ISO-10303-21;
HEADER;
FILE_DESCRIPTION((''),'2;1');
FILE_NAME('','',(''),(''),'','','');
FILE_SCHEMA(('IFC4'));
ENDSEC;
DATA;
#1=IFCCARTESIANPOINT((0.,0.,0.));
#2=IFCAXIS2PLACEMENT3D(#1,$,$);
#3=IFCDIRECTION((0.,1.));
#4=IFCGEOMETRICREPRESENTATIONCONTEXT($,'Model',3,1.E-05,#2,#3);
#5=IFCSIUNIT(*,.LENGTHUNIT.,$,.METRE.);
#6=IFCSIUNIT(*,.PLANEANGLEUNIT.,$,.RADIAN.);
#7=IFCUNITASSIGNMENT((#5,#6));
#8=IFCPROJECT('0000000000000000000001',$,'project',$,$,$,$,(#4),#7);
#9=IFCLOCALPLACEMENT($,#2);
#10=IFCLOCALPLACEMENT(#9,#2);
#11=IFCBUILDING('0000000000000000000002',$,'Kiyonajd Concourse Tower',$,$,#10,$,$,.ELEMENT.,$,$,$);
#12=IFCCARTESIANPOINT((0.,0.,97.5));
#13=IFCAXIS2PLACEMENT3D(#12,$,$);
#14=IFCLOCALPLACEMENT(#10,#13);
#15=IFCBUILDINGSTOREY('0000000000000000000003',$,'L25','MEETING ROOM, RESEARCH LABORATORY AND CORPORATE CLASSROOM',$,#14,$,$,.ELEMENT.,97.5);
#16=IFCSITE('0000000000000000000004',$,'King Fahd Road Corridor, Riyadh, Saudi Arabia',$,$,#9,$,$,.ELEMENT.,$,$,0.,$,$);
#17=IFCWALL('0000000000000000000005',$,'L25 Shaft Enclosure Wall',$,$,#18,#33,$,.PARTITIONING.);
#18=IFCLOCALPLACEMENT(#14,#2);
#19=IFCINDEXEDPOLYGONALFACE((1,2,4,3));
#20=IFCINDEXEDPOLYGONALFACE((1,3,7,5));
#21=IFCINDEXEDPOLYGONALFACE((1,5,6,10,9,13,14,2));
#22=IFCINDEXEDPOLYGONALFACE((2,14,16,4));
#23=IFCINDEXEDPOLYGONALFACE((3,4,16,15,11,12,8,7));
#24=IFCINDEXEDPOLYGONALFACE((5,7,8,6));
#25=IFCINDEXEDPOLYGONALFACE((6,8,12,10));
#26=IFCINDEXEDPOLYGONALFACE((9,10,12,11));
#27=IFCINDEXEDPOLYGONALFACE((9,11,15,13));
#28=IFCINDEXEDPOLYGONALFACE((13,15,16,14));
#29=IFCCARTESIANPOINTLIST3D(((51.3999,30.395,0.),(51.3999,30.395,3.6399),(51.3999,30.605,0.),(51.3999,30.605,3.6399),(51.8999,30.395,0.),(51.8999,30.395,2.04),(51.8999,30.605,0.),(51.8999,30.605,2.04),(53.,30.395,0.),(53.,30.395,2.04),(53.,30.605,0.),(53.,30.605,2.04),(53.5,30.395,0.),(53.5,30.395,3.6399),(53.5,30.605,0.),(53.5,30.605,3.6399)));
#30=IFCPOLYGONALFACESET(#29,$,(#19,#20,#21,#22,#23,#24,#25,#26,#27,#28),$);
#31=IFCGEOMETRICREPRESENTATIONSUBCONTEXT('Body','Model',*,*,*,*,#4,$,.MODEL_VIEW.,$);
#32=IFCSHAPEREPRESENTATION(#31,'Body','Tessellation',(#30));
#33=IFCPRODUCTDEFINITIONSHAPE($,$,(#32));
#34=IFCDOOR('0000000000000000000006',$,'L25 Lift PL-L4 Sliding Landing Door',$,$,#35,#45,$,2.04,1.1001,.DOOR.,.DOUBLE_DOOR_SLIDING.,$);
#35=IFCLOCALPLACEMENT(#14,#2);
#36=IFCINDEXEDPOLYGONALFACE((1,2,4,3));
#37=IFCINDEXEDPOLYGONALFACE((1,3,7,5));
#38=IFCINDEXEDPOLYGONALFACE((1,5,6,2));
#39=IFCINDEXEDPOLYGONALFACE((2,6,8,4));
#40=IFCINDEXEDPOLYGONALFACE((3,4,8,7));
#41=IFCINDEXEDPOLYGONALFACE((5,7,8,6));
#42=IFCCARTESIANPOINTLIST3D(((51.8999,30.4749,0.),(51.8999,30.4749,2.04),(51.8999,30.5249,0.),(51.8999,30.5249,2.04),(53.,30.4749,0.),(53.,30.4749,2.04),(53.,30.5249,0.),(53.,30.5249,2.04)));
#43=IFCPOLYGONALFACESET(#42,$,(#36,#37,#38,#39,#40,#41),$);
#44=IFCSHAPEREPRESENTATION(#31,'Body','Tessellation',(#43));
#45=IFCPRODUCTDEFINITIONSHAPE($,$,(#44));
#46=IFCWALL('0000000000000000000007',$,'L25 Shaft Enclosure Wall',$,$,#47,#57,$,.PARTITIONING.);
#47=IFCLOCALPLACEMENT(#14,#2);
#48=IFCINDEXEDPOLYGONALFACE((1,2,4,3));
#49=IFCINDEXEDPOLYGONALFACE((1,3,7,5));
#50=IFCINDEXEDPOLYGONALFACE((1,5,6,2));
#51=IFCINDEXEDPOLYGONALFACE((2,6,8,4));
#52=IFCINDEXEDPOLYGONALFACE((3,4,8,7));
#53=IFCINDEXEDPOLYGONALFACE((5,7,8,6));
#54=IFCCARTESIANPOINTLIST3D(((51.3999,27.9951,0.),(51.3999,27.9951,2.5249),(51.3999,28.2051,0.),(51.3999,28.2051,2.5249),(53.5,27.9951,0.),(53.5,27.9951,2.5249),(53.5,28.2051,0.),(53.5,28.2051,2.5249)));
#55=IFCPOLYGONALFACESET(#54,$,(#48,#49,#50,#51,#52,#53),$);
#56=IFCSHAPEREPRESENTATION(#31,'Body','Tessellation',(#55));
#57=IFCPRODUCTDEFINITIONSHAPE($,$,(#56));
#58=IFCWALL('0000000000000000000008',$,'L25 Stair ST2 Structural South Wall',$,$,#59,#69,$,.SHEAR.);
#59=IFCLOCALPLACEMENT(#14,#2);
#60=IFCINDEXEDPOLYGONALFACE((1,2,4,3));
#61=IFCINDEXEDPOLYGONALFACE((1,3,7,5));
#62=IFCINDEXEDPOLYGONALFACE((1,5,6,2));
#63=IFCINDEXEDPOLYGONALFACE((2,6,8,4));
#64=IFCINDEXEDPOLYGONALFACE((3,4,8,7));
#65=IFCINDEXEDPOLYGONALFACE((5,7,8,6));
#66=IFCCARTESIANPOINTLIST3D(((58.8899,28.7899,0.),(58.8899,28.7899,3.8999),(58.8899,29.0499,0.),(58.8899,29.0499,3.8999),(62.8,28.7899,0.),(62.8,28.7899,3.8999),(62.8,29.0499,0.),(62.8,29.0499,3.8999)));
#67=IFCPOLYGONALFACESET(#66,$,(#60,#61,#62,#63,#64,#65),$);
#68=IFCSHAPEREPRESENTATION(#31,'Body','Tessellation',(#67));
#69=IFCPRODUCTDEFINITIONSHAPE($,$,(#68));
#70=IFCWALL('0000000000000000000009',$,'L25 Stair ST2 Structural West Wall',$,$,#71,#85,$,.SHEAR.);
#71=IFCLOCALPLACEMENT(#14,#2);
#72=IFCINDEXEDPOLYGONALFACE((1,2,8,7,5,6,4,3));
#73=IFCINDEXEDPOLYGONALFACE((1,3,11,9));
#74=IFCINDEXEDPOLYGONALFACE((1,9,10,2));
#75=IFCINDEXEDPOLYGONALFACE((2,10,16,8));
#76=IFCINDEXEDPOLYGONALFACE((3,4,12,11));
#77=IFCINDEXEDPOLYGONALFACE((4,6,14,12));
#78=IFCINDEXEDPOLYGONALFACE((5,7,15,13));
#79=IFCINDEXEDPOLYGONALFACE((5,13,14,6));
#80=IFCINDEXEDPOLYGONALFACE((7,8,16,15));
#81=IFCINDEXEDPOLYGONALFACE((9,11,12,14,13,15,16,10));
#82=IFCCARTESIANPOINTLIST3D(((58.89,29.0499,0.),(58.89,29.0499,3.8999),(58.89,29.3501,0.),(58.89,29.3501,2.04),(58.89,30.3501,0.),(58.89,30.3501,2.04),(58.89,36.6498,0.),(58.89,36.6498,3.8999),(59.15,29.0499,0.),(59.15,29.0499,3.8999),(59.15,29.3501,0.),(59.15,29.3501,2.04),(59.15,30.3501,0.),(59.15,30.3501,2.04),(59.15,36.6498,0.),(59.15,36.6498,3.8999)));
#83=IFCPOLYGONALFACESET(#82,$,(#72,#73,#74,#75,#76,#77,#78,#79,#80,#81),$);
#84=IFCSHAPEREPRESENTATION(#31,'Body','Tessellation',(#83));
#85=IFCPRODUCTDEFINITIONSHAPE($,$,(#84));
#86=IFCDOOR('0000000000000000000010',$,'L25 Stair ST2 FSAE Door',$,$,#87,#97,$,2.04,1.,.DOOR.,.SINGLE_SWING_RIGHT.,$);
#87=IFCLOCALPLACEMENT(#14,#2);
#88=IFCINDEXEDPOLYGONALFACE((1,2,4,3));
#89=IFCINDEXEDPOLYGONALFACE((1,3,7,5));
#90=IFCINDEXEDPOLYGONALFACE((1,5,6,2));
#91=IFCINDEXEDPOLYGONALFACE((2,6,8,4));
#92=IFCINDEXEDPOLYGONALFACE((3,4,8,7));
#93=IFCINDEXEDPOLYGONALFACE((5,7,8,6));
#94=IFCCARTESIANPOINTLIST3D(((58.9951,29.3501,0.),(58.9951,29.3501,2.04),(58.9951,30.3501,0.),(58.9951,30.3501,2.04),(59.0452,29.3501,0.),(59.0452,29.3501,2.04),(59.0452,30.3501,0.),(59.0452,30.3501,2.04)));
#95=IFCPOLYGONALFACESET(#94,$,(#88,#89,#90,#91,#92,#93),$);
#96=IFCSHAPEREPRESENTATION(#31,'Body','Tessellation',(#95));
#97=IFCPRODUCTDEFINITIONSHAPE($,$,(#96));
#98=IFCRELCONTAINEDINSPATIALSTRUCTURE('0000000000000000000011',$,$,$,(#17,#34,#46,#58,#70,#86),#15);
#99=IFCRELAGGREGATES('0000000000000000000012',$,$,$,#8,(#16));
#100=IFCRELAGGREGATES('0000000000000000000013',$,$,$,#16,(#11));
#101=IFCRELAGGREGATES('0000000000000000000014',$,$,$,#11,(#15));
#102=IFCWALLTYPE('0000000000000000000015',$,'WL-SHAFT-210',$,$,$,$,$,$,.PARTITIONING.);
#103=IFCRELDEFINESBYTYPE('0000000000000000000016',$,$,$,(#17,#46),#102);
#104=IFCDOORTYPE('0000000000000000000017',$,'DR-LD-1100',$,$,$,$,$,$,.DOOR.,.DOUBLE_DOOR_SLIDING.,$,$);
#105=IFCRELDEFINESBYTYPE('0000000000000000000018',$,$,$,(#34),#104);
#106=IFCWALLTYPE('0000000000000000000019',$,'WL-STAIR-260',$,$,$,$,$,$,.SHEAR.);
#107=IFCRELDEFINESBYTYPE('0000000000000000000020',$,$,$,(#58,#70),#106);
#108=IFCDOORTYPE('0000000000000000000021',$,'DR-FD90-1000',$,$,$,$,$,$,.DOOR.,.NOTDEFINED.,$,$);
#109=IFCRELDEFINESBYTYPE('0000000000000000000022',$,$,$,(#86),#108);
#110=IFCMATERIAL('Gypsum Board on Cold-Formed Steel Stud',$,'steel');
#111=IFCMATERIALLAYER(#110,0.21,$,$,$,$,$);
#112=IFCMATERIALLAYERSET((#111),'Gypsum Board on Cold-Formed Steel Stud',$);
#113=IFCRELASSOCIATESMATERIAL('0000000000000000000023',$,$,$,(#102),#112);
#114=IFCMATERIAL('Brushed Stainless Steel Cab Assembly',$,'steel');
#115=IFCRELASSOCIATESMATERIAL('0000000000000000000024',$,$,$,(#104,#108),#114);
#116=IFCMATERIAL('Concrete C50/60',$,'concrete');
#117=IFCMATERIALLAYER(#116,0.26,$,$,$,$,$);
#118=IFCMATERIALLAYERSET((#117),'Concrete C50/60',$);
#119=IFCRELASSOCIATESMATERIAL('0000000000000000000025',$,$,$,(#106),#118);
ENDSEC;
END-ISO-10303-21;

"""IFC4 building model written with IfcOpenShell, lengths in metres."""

from ifc_helpers import new_model, si_unit, direction, frame, frame_2d, origin, place, context, subcontext, project, spatial, rectangle, extrude, material, layer, layer_set, type_object, element, fill, save


model = new_model("IFC4")

# Units and contexts
model_context = context("Model", 3, precision=1e-05, world=origin(), true_north=direction((0.0, 1.0)))
body_context = subcontext(model_context, "Body", "Model", "MODEL_VIEW")
ifc_project = project(units=[si_unit("LENGTHUNIT", "METRE"), si_unit("PLANEANGLEUNIT", "RADIAN")], contexts=[model_context])

# Site, building, storey
site_placement = place(None, origin())
site = spatial("IfcSite", under=ifc_project, at=site_placement, Name="King Fahd Road Corridor, Riyadh, Saudi Arabia", CompositionType="ELEMENT", RefElevation=0.0)
building_placement = place(site_placement, origin())
building = spatial("IfcBuilding", under=site, at=building_placement, Name="Kiyonajd Concourse Tower", CompositionType="ELEMENT")
storey_placement = place(building_placement, frame((0.0, 0.0, 97.5)))
storey = spatial("IfcBuildingStorey", under=building, at=storey_placement, Name="L25", Description="MEETING ROOM, RESEARCH LABORATORY AND CORPORATE CLASSROOM", CompositionType="ELEMENT", Elevation=97.5)

# Shared definitions
ifc_material_1 = material(Name="Concrete C50/60", Category="concrete")

# Shared definitions
ifc_material_2 = material(Name="Brushed Stainless Steel Cab Assembly", Category="steel")
ifc_material_3 = material(Name="Gypsum Board on Cold-Formed Steel Stud", Category="steel")
ifc_layer_1 = layer(ifc_material_3, 0.21)
ifc_layer_set_1 = layer_set([ifc_layer_1], Name="Gypsum Board on Cold-Formed Steel Stud")
wall_type_1 = type_object("IfcWallType", Name="WL-SHAFT-210", PredefinedType="PARTITIONING", material=ifc_layer_set_1)

# Wall, opening, door
wall_1_placement = place(storey_placement, frame((51.3999, 30.5, 0.0), z_axis=(0.0, 0.0, 1.0), x_axis=(1.0, 0.0, 0.0)))
wall_1 = element("IfcWall", 1, at=wall_1_placement, inside=storey, type_object=wall_type_1, Name="L25 Shaft Enclosure Wall", PredefinedType="PARTITIONING", context=body_context, shape_type="SweptSolid", body=[
    extrude(rectangle(XDim=2.1001, YDim=0.21, at=frame_2d((1.05, 0.0))), origin(), (0.0, 0.0, 1.0), 3.6399),
])
opening_1_placement = place(wall_1_placement, frame((0.5, 0.0, 0.0)))
opening_1 = element("IfcOpeningElement", 2, at=opening_1_placement, cuts=wall_1, PredefinedType="OPENING", context=body_context, shape_type="SweptSolid", body=[
    extrude(rectangle(XDim=1.1001, YDim=2.04, at=frame_2d((0.55, 1.02))), frame((0.0, 0.115, 0.0), z_axis=(0.0, -1.0, 0.0), x_axis=(1.0, 0.0, 0.0)), (0.0, 0.0, 1.0), 0.23),
])
door_type_1 = type_object("IfcDoorType", Name="DR-LD-1100", OperationType="DOUBLE_DOOR_SLIDING", PredefinedType="DOOR", material=ifc_material_2)
door_1_placement = place(opening_1_placement, origin())
door_1 = element("IfcDoor", 3, at=door_1_placement, inside=storey, type_object=door_type_1, Name="L25 Lift PL-L4 Sliding Landing Door", OperationType="DOUBLE_DOOR_SLIDING", OverallHeight=2.04, OverallWidth=1.1001, PredefinedType="DOOR", context=body_context, shape_type="SweptSolid", body=[
    extrude(rectangle(XDim=1.1001, YDim=2.04, at=frame_2d((0.55, 1.02))), frame((0.0, 0.0249, 0.0), z_axis=(0.0, -1.0, 0.0), x_axis=(1.0, 0.0, 0.0)), (0.0, 0.0, 1.0), 0.05),
])
fill(opening_1, door_1)

# Walls
wall_2_placement = place(storey_placement, frame((51.3999, 28.1001, 0.0), z_axis=(0.0, 0.0, 1.0), x_axis=(1.0, 0.0, 0.0)))
element("IfcWall", 4, at=wall_2_placement, inside=storey, type_object=wall_type_1, Name="L25 Shaft Enclosure Wall", PredefinedType="PARTITIONING", context=body_context, shape_type="SweptSolid", body=[
    extrude(rectangle(XDim=2.1001, YDim=0.21, at=frame_2d((1.05, 0.0))), origin(), (0.0, 0.0, 1.0), 2.5249),
])
ifc_layer_2 = layer(ifc_material_1, 0.26)
ifc_layer_set_2 = layer_set([ifc_layer_2], Name="Concrete C50/60")
wall_type_2 = type_object("IfcWallType", Name="WL-STAIR-260", PredefinedType="SHEAR", material=ifc_layer_set_2)
wall_3_placement = place(storey_placement, frame((58.8899, 28.9199, 0.0), z_axis=(0.0, 0.0, 1.0), x_axis=(1.0, 0.0, 0.0)))
element("IfcWall", 5, at=wall_3_placement, inside=storey, type_object=wall_type_2, Name="L25 Stair ST2 Structural South Wall", PredefinedType="SHEAR", context=body_context, shape_type="SweptSolid", body=[
    extrude(rectangle(XDim=3.9102, YDim=0.26, at=frame_2d((1.9551, 0.0))), origin(), (0.0, 0.0, 1.0), 3.8999),
])

# Wall, opening, door
wall_4_placement = place(storey_placement, frame((59.02, 29.05, 0.0), z_axis=(0.0, 0.0, 1.0), x_axis=(0.0, 1.0, 0.0)))
wall_4 = element("IfcWall", 6, at=wall_4_placement, inside=storey, type_object=wall_type_2, Name="L25 Stair ST2 Structural West Wall", PredefinedType="SHEAR", context=body_context, shape_type="SweptSolid", body=[
    extrude(rectangle(XDim=7.5999, YDim=0.26, at=frame_2d((3.7998, 0.0))), origin(), (0.0, 0.0, 1.0), 3.8999),
])
opening_2_placement = place(wall_4_placement, frame((0.3, 0.0, 0.0)))
opening_2 = element("IfcOpeningElement", 7, at=opening_2_placement, cuts=wall_4, PredefinedType="OPENING", context=body_context, shape_type="SweptSolid", body=[
    extrude(rectangle(XDim=1.0, YDim=2.04, at=frame_2d((0.5, 1.02))), frame((0.0, 0.1399, 0.0), z_axis=(0.0, -1.0, 0.0), x_axis=(1.0, 0.0, 0.0)), (0.0, 0.0, 1.0), 0.28),
])
door_type_2 = type_object("IfcDoorType", Name="DR-FD90-1000", OperationType="NOTDEFINED", PredefinedType="DOOR", material=ifc_material_2)
door_2_placement = place(opening_2_placement, origin())
door_2 = element("IfcDoor", 8, at=door_2_placement, inside=storey, type_object=door_type_2, Name="L25 Stair ST2 FSAE Door", OperationType="SINGLE_SWING_RIGHT", OverallHeight=2.04, OverallWidth=1.0, PredefinedType="DOOR", context=body_context, shape_type="SweptSolid", body=[
    extrude(rectangle(XDim=1.0, YDim=2.04, at=frame_2d((0.5, 1.02))), frame((0.0, 0.0249, 0.0), z_axis=(0.0, -1.0, 0.0), x_axis=(1.0, 0.0, 0.0)), (0.0, 0.0, 1.0), 0.05),
])
fill(opening_2, door_2)

save(model, "model.ifc")
